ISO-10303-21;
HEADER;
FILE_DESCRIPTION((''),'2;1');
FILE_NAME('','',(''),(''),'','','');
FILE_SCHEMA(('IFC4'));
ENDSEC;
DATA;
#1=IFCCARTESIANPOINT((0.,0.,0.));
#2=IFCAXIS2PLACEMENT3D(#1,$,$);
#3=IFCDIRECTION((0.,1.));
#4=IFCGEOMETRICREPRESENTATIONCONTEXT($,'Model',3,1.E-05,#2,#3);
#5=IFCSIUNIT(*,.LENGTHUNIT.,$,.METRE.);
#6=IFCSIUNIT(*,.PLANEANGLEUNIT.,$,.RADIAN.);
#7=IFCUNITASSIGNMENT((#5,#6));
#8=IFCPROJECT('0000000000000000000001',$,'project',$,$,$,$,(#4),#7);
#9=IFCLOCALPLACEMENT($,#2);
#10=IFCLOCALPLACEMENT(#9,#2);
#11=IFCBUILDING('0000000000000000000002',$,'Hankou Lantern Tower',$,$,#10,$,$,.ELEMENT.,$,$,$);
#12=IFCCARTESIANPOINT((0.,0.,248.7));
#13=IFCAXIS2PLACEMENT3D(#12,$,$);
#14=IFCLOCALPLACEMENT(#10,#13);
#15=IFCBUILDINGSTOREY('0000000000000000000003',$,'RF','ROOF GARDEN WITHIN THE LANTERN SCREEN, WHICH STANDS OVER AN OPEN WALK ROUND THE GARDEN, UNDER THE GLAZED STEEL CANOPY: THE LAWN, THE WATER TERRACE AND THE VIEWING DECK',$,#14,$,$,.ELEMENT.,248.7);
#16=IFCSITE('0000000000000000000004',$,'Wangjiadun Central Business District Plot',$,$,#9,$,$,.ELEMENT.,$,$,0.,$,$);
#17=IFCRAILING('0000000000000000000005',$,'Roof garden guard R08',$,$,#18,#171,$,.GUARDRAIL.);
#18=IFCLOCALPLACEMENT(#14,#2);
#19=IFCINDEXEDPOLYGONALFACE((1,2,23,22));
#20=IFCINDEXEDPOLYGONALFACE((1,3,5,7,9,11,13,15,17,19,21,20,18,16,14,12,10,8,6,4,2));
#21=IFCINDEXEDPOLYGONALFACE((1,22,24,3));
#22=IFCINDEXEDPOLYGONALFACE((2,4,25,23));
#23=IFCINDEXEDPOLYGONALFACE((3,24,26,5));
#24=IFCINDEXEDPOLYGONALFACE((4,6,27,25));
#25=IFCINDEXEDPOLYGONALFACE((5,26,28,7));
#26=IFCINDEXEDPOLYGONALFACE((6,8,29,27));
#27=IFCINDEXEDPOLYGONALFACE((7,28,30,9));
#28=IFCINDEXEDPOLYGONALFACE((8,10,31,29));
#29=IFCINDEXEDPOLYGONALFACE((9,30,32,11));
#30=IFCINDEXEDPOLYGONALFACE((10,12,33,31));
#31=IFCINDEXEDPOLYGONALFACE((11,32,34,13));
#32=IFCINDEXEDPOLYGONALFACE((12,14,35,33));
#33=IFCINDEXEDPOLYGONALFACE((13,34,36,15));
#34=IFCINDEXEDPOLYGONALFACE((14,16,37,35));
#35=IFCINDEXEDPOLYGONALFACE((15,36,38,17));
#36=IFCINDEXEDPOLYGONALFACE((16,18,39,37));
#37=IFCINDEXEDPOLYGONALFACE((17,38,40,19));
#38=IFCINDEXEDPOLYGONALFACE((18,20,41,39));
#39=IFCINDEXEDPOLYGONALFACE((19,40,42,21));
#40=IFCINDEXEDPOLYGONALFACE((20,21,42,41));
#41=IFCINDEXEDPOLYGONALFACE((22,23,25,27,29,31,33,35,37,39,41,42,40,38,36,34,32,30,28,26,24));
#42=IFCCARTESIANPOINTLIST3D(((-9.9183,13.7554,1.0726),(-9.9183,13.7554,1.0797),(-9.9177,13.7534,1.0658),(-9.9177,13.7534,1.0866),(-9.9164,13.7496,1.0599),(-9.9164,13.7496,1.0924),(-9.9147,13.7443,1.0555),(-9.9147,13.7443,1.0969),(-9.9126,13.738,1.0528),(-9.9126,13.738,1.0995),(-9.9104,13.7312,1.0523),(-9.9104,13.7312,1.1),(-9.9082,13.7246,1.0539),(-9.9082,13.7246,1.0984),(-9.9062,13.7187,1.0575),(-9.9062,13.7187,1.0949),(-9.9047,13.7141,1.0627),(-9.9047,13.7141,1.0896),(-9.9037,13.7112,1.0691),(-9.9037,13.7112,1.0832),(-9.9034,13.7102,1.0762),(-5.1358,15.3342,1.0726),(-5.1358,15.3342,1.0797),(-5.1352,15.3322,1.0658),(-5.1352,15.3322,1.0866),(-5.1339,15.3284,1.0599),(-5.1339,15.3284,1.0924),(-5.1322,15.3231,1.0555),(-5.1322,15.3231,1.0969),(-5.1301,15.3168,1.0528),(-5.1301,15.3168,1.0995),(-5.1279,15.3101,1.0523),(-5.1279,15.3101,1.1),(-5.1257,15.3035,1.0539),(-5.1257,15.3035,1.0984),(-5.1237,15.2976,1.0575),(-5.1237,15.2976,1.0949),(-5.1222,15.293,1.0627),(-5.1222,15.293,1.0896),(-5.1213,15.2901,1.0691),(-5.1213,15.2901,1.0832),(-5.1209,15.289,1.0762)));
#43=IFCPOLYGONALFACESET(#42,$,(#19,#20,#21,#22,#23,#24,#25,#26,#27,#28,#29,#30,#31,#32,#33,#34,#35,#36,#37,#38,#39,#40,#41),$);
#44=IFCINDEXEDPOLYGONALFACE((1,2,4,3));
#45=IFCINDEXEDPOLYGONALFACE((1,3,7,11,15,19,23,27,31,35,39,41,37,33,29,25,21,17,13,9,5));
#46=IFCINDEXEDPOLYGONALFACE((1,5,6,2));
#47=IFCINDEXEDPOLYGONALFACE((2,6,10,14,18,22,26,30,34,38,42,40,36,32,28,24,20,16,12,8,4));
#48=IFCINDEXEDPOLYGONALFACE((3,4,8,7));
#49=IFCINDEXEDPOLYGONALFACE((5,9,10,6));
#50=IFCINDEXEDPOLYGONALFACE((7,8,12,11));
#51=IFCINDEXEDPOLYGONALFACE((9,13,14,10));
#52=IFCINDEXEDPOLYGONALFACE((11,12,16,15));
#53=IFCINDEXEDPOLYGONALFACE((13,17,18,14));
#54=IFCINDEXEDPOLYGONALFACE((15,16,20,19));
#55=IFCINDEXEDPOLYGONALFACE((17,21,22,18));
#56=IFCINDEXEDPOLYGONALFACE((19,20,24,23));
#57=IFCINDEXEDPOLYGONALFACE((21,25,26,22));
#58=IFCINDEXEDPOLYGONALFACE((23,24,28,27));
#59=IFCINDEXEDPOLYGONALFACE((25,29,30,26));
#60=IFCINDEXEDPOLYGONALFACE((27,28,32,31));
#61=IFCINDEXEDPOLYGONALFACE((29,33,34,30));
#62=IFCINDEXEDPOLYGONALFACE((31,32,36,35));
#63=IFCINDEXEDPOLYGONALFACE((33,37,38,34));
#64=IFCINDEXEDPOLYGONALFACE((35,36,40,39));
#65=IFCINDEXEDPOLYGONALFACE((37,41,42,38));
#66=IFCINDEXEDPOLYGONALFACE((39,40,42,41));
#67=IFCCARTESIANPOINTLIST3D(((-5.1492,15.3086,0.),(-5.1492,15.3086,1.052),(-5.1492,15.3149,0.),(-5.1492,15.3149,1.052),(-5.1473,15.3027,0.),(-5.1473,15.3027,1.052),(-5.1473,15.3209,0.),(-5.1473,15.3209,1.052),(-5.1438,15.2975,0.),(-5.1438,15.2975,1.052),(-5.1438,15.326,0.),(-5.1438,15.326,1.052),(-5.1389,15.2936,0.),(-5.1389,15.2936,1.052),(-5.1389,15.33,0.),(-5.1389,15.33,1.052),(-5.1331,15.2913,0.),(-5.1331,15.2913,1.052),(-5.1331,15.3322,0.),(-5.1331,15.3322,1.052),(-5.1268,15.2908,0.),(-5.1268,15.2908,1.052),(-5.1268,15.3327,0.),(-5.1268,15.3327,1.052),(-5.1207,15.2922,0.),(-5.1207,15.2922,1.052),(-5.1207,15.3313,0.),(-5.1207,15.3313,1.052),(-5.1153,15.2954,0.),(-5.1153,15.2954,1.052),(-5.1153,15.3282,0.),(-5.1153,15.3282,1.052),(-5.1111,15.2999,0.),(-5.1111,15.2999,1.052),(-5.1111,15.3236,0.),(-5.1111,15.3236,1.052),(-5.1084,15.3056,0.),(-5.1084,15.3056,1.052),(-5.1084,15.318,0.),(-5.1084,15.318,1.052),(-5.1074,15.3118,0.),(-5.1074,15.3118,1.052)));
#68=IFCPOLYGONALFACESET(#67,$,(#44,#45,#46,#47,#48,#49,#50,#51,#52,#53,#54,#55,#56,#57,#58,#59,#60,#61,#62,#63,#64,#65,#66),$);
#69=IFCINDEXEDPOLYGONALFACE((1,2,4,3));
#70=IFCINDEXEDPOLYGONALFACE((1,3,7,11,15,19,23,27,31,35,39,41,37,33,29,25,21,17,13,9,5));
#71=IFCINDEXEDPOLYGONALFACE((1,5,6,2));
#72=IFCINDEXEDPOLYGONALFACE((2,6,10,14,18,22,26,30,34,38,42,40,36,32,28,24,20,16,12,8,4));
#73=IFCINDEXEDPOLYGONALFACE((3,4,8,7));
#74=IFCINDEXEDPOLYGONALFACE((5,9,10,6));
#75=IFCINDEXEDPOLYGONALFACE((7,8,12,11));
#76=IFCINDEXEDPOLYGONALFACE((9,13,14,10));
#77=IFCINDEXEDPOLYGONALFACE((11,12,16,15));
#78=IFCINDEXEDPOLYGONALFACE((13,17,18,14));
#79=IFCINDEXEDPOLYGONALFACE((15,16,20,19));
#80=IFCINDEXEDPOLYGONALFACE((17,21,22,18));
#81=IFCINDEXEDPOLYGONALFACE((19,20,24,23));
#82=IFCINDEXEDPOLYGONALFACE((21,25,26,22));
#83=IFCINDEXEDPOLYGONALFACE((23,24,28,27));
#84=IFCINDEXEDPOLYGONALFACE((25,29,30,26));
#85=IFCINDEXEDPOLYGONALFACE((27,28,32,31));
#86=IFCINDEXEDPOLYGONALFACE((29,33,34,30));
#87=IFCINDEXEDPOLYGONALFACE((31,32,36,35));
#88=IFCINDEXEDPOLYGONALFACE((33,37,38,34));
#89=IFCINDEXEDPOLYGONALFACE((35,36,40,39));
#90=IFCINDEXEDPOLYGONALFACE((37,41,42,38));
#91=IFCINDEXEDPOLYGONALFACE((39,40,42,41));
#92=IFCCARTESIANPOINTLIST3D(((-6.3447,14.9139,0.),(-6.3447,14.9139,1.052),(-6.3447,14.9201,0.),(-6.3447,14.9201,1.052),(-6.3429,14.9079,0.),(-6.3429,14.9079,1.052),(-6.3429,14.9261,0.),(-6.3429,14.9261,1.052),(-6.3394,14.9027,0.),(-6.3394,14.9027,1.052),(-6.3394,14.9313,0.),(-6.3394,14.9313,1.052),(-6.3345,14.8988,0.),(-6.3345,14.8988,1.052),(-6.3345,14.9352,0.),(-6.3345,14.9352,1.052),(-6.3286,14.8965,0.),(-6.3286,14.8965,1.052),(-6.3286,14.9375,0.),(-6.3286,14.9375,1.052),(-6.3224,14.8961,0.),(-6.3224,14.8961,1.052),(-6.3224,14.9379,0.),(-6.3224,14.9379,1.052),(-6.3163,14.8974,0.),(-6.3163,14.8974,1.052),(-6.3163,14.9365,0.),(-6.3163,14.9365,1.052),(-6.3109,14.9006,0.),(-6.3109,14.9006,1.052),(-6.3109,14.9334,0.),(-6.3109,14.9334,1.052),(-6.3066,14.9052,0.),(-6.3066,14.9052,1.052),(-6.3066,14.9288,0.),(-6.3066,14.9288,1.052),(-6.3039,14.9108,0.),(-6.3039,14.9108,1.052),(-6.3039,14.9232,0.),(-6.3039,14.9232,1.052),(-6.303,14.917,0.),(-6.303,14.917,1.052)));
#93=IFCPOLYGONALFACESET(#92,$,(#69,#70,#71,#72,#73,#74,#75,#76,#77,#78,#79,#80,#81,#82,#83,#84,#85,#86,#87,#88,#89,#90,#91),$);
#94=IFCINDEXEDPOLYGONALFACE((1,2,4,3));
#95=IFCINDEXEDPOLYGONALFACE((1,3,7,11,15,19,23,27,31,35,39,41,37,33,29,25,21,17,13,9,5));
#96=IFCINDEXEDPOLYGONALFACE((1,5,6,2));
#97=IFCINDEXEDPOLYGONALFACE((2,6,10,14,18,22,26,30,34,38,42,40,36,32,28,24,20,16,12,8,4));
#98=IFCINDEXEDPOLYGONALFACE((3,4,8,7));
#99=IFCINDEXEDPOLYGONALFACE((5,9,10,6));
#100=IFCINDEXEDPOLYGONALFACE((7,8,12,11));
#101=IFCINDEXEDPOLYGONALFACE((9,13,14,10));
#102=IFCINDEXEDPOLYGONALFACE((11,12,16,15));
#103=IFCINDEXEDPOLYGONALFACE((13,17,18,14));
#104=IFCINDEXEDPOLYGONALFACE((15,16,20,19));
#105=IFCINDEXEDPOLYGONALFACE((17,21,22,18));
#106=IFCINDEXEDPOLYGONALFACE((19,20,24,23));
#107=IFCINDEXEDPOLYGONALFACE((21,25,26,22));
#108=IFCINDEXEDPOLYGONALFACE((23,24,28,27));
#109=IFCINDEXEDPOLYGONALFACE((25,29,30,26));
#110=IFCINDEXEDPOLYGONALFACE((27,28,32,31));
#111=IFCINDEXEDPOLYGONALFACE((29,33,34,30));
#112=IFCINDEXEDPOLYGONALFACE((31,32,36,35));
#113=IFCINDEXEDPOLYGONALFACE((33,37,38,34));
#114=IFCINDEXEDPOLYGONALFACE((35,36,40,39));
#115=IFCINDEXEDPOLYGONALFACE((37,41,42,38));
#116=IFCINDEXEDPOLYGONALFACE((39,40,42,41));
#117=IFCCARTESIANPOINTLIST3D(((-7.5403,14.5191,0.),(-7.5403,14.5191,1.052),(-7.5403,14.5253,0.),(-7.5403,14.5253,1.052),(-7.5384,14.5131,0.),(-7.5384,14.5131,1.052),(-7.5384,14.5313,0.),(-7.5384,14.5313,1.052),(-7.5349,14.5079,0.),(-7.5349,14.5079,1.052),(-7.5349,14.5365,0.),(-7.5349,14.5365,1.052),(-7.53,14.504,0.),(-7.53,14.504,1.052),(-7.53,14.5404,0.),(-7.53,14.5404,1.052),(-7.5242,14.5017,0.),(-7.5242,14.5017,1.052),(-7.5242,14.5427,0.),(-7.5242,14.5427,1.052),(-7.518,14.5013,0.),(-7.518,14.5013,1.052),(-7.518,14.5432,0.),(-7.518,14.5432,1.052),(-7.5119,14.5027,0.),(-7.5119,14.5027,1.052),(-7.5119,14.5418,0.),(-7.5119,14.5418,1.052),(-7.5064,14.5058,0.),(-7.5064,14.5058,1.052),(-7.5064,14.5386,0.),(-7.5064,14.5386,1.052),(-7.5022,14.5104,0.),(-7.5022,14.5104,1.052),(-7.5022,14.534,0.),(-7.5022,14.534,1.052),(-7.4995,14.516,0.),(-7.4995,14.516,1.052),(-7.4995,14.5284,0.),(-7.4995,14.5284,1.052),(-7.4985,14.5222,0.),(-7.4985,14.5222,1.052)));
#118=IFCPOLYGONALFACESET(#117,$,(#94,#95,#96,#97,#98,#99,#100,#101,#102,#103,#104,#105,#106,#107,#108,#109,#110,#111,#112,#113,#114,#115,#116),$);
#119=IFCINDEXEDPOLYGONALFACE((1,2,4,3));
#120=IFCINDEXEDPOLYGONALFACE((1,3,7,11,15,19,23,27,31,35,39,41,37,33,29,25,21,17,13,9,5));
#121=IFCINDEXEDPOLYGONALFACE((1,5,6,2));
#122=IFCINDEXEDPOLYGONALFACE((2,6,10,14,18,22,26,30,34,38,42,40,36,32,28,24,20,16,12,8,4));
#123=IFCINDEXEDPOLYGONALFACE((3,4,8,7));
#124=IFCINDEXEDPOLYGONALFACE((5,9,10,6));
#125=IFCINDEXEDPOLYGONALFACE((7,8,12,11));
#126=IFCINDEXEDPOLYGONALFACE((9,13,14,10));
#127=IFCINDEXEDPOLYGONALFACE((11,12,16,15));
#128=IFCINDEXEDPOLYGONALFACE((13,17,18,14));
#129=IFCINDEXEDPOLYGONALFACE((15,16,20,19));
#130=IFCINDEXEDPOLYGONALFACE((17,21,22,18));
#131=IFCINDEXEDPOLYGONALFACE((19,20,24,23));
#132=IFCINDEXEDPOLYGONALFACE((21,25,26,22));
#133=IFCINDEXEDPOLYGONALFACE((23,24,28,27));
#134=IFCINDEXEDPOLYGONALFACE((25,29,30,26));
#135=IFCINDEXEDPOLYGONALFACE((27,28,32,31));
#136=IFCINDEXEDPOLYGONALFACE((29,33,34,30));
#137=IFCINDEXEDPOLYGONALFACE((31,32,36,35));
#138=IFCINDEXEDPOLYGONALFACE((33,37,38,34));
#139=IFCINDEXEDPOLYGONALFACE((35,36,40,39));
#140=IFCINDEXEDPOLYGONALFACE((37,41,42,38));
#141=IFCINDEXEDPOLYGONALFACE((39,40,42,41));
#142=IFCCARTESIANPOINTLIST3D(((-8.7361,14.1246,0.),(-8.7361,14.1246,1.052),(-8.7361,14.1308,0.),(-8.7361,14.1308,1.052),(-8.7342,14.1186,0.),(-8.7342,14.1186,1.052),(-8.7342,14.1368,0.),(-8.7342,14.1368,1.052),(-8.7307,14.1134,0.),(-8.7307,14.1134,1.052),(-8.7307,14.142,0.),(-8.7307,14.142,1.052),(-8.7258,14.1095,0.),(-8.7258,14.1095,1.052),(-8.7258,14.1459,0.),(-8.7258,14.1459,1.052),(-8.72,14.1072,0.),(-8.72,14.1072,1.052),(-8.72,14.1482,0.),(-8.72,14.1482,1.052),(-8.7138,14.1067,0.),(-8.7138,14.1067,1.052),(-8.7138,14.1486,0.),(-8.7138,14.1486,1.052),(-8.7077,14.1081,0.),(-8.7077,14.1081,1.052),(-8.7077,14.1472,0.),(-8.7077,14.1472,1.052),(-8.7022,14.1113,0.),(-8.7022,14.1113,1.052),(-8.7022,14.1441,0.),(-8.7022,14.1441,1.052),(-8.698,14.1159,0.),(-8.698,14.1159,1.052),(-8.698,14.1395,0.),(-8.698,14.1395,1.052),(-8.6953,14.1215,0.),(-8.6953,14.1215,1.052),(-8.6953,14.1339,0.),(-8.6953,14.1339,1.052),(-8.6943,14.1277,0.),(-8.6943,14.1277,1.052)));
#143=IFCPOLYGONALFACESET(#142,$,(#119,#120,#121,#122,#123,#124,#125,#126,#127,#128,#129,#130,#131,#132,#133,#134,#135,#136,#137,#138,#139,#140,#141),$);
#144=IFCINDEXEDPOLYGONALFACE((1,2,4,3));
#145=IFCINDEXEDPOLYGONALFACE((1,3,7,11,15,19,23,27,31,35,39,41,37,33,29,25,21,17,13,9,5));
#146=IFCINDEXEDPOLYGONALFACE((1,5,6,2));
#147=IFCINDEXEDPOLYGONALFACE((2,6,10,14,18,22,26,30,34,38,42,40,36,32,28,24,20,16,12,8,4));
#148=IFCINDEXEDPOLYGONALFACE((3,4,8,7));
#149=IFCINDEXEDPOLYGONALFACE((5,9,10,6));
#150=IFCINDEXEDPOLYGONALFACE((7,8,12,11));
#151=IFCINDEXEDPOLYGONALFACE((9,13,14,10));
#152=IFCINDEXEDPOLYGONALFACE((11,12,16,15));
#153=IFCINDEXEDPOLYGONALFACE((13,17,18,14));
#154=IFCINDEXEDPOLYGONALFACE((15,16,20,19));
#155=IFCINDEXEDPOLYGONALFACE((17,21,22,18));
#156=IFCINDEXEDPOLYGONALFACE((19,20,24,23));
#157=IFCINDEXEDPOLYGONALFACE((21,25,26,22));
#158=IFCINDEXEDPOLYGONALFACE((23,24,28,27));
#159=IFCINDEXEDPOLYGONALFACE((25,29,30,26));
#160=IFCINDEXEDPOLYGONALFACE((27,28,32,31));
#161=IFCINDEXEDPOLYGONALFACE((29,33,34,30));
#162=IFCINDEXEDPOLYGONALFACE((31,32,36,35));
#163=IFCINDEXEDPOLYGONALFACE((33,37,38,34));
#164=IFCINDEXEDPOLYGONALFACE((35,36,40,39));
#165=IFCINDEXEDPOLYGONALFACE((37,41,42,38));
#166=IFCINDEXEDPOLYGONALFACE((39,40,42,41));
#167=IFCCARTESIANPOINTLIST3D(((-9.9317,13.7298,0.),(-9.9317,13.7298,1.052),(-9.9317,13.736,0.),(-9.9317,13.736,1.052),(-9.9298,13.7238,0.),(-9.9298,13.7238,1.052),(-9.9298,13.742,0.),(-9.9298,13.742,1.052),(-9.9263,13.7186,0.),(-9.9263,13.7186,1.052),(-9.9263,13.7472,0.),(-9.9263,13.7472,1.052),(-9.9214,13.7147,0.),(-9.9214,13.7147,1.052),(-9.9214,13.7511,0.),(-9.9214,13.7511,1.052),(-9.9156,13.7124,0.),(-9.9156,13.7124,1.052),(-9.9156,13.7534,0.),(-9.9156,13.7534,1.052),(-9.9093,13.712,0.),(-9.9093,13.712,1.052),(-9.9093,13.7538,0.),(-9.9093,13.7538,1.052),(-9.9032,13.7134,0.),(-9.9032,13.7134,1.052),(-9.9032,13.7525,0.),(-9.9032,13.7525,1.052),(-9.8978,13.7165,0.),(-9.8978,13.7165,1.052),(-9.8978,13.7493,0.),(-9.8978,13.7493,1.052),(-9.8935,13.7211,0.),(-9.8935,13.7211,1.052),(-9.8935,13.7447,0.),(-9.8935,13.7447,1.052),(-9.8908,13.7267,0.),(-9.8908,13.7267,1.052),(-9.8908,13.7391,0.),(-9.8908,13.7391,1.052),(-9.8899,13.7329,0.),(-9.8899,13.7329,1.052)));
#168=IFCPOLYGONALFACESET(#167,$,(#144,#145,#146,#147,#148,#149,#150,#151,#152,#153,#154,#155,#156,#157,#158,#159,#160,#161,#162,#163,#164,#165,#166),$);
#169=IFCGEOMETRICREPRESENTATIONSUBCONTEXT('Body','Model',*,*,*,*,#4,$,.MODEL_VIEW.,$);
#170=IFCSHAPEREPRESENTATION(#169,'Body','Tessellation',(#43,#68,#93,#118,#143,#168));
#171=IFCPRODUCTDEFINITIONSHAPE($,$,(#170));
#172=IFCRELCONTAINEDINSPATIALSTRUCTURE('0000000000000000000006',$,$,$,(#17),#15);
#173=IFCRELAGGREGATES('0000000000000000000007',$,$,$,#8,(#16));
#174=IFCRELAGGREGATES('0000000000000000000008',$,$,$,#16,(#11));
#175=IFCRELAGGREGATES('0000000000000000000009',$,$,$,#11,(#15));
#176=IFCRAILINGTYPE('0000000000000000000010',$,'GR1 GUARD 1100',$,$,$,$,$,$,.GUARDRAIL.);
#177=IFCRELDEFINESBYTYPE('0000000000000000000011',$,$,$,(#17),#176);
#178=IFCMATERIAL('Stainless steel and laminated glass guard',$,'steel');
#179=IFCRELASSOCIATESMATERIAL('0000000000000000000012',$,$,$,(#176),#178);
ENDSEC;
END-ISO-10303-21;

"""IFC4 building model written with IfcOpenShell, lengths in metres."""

from ifc_helpers import new_model, si_unit, direction, frame, origin, origin_2d, place, context, subcontext, project, spatial, circle, extrude, material, type_object, element, save


model = new_model("IFC4")

# Units and contexts
model_context = context("Model", 3, precision=1e-05, world=origin(), true_north=direction((0.0, 1.0)))
body_context = subcontext(model_context, "Body", "Model", "MODEL_VIEW")
ifc_project = project(units=[si_unit("LENGTHUNIT", "METRE"), si_unit("PLANEANGLEUNIT", "RADIAN")], contexts=[model_context])

# Site, building, storey
site_placement = place(None, origin())
site = spatial("IfcSite", under=ifc_project, at=site_placement, Name="Wangjiadun Central Business District Plot", CompositionType="ELEMENT", RefElevation=0.0)
building_placement = place(site_placement, origin())
building = spatial("IfcBuilding", under=site, at=building_placement, Name="Hankou Lantern Tower", CompositionType="ELEMENT")
storey_placement = place(building_placement, frame((0.0, 0.0, 248.7)))
storey = spatial("IfcBuildingStorey", under=building, at=storey_placement, Name="RF", Description="ROOF GARDEN WITHIN THE LANTERN SCREEN, WHICH STANDS OVER AN OPEN WALK ROUND THE GARDEN, UNDER THE GLAZED STEEL CANOPY: THE LAWN, THE WATER TERRACE AND THE VIEWING DECK", CompositionType="ELEMENT", Elevation=248.7)

# Railing
ifc_material_1 = material(Name="Stainless steel and laminated glass guard", Category="steel")
railing_type = type_object("IfcRailingType", Name="GR1 GUARD 1100", PredefinedType="GUARDRAIL", material=ifc_material_1)
railing_1_placement = place(storey_placement, frame((-5.1284, 15.3118, 0.0)))
element("IfcRailing", 1, at=railing_1_placement, inside=storey, type_object=railing_type, Name="Roof garden guard R08", PredefinedType="GUARDRAIL", context=body_context, shape_type="SweptSolid", body=[
    extrude(circle(Radius=0.0239, at=origin_2d()), frame((0.0, 0.0, 1.0762), z_axis=(-0.949591, -0.313492, 0.0), x_axis=(0.313492, -0.949591, 0.0)), (0.0, 0.0, 1.0), 5.0364),
    extrude(circle(Radius=0.021, at=origin_2d()), origin(), (0.0, 0.0, 1.0), 1.052),
    extrude(circle(Radius=0.021, at=origin_2d()), frame((-1.1956, -0.3948, 0.0)), (0.0, 0.0, 1.0), 1.052),
    extrude(circle(Radius=0.021, at=origin_2d()), frame((-2.3911, -0.7896, 0.0)), (0.0, 0.0, 1.0), 1.052),
    extrude(circle(Radius=0.021, at=origin_2d()), frame((-3.5869, -1.1841, 0.0)), (0.0, 0.0, 1.0), 1.052),
    extrude(circle(Radius=0.021, at=origin_2d()), frame((-4.7825, -1.5789, 0.0)), (0.0, 0.0, 1.0), 1.052),
])

save(model, "model.ifc")
